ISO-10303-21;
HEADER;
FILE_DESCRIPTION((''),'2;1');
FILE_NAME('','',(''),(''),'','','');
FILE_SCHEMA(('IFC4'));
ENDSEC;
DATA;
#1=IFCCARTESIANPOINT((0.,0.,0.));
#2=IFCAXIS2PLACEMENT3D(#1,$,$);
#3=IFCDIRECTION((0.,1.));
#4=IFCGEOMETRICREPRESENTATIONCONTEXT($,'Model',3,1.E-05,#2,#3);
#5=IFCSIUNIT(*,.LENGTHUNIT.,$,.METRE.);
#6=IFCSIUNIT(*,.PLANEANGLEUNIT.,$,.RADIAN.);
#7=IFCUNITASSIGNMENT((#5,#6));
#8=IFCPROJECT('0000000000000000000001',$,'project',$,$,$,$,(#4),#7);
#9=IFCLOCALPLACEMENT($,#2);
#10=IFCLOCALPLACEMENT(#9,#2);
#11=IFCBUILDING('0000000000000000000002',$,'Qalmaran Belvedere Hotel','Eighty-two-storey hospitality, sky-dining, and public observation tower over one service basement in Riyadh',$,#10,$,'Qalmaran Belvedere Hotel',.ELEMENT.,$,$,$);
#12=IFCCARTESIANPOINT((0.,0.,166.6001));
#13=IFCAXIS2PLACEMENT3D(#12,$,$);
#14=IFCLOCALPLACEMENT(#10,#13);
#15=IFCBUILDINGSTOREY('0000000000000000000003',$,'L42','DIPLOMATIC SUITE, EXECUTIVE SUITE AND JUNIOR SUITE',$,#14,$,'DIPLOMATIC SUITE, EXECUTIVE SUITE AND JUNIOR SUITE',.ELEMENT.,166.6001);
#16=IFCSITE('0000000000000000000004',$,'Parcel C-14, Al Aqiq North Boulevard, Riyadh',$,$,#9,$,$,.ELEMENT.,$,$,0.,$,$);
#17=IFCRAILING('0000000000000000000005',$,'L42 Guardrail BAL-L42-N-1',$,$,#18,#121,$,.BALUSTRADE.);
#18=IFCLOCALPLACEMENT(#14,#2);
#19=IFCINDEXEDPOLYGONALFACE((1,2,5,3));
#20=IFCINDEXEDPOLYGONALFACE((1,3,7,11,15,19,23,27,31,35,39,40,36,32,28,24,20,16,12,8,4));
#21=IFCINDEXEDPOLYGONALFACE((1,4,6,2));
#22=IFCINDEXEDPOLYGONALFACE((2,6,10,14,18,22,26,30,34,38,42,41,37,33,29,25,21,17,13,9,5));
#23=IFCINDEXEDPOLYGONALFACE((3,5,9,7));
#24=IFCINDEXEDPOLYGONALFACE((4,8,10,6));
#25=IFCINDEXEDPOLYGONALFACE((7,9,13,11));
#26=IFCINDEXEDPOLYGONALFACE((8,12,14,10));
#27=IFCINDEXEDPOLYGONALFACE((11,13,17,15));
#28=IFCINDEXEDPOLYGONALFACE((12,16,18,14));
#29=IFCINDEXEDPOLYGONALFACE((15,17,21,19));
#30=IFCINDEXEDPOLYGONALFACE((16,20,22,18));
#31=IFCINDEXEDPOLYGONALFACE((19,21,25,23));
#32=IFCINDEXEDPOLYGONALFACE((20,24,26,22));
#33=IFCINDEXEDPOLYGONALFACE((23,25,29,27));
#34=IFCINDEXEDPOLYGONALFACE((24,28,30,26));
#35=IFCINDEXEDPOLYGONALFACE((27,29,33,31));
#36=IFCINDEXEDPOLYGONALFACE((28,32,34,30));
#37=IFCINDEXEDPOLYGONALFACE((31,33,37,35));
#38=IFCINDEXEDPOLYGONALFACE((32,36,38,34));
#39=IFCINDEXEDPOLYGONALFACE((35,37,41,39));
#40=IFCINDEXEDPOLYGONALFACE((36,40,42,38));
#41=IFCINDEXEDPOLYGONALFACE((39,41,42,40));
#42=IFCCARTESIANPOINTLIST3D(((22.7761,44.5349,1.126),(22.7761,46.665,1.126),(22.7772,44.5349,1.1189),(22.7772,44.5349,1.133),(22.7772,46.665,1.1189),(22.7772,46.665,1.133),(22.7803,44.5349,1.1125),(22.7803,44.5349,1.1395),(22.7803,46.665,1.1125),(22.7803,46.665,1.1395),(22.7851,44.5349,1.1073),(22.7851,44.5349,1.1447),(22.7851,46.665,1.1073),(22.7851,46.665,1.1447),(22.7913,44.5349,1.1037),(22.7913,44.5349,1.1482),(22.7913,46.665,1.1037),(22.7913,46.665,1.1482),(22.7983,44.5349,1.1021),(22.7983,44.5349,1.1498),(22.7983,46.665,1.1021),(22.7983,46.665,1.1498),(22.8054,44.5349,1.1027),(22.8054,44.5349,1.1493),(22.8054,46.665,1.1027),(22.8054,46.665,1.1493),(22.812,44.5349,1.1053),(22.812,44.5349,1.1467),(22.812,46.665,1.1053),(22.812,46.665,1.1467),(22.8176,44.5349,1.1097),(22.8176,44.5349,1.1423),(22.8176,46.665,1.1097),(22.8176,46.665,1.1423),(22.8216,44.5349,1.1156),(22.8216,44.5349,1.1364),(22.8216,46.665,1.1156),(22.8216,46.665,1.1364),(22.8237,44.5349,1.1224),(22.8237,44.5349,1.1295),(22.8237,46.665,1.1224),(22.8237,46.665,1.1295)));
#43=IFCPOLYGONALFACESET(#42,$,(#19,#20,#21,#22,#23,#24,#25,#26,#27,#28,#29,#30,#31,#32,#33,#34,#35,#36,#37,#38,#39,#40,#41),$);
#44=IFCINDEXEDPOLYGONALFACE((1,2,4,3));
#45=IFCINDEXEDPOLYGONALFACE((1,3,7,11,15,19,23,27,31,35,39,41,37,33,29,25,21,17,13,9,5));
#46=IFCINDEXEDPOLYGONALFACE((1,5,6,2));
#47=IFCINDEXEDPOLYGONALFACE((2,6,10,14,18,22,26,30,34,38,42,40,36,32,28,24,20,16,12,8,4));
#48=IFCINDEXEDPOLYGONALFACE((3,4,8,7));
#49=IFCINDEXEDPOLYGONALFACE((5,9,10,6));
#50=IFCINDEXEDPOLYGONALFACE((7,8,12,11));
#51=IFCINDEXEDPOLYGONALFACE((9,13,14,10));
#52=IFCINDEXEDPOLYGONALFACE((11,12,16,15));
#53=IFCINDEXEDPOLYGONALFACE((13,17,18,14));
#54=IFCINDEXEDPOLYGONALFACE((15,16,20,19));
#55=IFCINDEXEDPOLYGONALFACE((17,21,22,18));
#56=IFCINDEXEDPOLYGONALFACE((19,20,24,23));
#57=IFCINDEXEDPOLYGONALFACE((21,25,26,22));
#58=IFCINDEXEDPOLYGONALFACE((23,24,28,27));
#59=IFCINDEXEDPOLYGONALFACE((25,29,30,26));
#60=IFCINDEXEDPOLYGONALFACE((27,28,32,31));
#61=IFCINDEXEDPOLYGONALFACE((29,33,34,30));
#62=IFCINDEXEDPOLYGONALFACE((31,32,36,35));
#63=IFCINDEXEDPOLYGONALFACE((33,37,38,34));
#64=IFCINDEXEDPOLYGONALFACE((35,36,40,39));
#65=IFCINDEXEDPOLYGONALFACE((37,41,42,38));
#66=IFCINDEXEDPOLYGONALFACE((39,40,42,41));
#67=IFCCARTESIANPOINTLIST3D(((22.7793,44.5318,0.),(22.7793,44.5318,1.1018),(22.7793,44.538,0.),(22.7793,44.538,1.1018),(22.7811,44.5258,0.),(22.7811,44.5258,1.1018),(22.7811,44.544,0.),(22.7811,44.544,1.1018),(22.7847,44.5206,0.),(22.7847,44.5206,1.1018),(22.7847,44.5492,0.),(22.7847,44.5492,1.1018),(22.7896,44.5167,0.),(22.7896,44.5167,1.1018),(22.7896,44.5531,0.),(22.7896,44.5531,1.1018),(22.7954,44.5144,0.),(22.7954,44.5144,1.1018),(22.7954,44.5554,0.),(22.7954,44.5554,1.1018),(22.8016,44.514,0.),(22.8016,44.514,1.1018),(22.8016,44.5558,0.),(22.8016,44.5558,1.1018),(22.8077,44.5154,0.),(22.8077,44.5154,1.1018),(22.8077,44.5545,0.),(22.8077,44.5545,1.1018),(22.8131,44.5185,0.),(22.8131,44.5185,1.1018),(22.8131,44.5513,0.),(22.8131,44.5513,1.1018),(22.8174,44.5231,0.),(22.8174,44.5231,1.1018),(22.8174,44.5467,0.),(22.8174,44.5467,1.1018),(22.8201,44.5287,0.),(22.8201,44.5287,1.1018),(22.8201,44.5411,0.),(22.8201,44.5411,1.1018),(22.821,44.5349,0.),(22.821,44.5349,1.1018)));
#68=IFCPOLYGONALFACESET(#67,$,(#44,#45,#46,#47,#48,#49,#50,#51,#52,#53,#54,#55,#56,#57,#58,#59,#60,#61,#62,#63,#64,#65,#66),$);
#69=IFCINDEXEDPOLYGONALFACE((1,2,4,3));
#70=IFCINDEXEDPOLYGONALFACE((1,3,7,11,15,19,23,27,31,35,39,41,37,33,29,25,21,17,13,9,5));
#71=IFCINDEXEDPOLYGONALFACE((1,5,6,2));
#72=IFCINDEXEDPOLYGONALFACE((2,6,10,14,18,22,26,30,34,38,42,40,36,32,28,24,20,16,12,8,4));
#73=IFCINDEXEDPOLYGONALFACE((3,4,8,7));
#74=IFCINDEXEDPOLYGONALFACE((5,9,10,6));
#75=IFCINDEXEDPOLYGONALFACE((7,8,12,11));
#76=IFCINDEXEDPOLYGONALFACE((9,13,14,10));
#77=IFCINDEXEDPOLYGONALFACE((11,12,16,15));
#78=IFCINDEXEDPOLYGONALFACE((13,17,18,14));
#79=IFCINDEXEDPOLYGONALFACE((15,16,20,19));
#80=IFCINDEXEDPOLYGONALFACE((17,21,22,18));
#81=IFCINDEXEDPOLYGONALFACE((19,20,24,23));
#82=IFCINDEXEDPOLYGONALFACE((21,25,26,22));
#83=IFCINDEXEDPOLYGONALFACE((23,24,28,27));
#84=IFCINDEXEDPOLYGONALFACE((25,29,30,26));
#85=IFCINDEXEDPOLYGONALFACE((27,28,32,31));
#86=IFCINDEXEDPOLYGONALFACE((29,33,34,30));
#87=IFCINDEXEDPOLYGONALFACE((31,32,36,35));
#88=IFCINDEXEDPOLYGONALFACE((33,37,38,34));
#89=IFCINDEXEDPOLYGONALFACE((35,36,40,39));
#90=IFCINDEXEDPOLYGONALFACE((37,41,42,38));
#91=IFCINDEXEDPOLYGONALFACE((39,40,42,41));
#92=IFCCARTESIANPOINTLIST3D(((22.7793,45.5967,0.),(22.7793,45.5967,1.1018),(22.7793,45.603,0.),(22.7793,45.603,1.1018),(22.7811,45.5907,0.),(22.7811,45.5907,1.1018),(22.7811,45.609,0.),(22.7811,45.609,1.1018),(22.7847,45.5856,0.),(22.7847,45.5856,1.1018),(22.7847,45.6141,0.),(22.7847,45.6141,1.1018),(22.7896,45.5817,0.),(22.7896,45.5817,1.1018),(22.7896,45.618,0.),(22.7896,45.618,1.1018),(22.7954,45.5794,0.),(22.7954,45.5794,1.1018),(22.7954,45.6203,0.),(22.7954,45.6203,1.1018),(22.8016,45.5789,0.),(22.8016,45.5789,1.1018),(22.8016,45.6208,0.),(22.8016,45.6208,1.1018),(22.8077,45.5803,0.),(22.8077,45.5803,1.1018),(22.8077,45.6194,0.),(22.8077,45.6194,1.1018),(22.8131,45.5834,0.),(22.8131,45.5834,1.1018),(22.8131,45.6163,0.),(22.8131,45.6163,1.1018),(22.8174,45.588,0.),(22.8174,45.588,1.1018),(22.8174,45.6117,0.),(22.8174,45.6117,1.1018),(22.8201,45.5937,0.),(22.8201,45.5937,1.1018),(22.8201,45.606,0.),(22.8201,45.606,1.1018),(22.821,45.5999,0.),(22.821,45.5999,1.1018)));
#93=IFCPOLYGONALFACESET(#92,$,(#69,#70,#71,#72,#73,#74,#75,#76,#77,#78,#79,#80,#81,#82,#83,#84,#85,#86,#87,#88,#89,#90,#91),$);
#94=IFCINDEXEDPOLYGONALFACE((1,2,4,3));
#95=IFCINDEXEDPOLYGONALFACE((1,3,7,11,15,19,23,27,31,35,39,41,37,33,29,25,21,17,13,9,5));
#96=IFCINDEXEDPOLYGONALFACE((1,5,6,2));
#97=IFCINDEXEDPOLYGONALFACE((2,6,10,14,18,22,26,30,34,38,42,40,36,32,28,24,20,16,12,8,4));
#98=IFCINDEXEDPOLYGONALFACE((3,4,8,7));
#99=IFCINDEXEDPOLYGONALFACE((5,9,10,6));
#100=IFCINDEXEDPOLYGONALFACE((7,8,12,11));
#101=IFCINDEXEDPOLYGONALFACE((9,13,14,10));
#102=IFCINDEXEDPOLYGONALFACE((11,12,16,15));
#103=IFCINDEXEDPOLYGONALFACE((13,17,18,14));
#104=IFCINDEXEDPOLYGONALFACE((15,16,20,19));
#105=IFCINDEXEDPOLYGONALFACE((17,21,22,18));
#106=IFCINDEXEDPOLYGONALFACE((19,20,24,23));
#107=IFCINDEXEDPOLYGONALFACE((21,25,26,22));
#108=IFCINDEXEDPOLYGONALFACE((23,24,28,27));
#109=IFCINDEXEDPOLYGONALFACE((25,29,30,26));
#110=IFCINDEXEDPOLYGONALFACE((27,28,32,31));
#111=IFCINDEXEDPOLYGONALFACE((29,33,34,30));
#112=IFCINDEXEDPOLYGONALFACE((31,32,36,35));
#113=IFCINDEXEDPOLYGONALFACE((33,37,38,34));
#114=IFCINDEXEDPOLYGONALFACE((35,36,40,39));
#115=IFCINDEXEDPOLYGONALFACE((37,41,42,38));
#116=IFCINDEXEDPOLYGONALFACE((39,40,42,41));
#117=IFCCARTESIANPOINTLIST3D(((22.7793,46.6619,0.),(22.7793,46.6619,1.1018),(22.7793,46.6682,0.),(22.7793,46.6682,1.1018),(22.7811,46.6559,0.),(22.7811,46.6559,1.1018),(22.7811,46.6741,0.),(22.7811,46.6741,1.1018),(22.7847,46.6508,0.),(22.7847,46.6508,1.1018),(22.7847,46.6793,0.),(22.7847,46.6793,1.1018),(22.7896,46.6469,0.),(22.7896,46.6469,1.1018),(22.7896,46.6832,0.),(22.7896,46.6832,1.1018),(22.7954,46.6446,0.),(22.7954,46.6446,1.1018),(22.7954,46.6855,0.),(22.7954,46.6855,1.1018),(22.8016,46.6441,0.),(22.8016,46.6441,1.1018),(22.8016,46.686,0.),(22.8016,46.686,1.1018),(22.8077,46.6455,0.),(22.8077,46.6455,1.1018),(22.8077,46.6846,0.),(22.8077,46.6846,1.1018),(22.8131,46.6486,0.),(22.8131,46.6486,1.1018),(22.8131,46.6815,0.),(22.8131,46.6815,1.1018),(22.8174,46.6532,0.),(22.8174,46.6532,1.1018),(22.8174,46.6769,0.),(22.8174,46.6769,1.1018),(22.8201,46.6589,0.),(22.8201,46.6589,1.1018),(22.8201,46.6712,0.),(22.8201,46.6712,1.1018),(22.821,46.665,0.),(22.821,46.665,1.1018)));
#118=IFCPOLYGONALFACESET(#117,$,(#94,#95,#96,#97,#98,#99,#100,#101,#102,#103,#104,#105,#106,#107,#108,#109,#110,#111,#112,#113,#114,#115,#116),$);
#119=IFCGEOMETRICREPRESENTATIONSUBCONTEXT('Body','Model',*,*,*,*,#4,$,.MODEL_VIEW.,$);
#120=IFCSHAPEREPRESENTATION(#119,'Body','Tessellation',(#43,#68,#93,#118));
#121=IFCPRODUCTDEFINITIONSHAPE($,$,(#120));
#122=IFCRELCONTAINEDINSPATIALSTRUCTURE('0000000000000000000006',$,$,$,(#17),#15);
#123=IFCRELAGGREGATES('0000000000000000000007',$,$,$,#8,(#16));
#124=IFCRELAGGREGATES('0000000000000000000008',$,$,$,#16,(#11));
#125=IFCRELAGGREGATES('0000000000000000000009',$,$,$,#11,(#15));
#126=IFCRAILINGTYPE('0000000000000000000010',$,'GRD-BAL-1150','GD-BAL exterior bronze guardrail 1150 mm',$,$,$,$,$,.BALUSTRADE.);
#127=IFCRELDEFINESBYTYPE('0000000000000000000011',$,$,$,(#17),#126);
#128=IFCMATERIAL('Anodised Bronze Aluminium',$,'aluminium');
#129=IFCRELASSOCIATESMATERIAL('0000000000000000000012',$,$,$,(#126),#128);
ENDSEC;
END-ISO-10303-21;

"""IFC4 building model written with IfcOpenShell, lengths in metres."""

from ifc_helpers import new_model, si_unit, direction, frame, origin, origin_2d, place, context, subcontext, project, spatial, circle, extrude, material, type_object, element, save


model = new_model("IFC4")

# Units and contexts
model_context = context("Model", 3, precision=1e-05, world=origin(), true_north=direction((0.0, 1.0)))
body_context = subcontext(model_context, "Body", "Model", "MODEL_VIEW")
ifc_project = project(units=[si_unit("LENGTHUNIT", "METRE"), si_unit("PLANEANGLEUNIT", "RADIAN")], contexts=[model_context])

# Site, building, storey
site_placement = place(None, origin())
site = spatial("IfcSite", under=ifc_project, at=site_placement, Name="Parcel C-14, Al Aqiq North Boulevard, Riyadh", CompositionType="ELEMENT", RefElevation=0.0)
building_placement = place(site_placement, origin())
building = spatial("IfcBuilding", under=site, at=building_placement, Name="Qalmaran Belvedere Hotel", Description="Eighty-two-storey hospitality, sky-dining, and public observation tower over one service basement in Riyadh", LongName="Qalmaran Belvedere Hotel", CompositionType="ELEMENT")
storey_placement = place(building_placement, frame((0.0, 0.0, 166.6001)))
storey = spatial("IfcBuildingStorey", under=building, at=storey_placement, Name="L42", Description="DIPLOMATIC SUITE, EXECUTIVE SUITE AND JUNIOR SUITE", LongName="DIPLOMATIC SUITE, EXECUTIVE SUITE AND JUNIOR SUITE", CompositionType="ELEMENT", Elevation=166.6001)

# Shared definitions
ifc_material_1 = material(Name="Anodised Bronze Aluminium", Category="aluminium")

# Railing
railing_type = type_object("IfcRailingType", Name="GRD-BAL-1150", Description="GD-BAL exterior bronze guardrail 1150 mm", PredefinedType="BALUSTRADE", material=ifc_material_1)
railing_1_placement = place(storey_placement, frame((22.8, 44.5349, 0.0)))
element("IfcRailing", 1, at=railing_1_placement, inside=storey, type_object=railing_type, Name="L42 Guardrail BAL-L42-N-1", PredefinedType="BALUSTRADE", context=body_context, shape_type="SweptSolid", body=[
    extrude(circle(Radius=0.0239, at=origin_2d()), frame((0.0, 0.0, 1.126), z_axis=(0.0, 1.0, 0.0), x_axis=(-1.0, 0.0, 0.0)), (0.0, 0.0, 1.0), 2.1301),
    extrude(circle(Radius=0.021, at=origin_2d()), origin(), (0.0, 0.0, 1.0), 1.1018),
    extrude(circle(Radius=0.021, at=origin_2d()), frame((0.0, 1.0649, 0.0)), (0.0, 0.0, 1.0), 1.1018),
    extrude(circle(Radius=0.021, at=origin_2d()), frame((0.0, 2.1301, 0.0)), (0.0, 0.0, 1.0), 1.1018),
])

save(model, "model.ifc")
